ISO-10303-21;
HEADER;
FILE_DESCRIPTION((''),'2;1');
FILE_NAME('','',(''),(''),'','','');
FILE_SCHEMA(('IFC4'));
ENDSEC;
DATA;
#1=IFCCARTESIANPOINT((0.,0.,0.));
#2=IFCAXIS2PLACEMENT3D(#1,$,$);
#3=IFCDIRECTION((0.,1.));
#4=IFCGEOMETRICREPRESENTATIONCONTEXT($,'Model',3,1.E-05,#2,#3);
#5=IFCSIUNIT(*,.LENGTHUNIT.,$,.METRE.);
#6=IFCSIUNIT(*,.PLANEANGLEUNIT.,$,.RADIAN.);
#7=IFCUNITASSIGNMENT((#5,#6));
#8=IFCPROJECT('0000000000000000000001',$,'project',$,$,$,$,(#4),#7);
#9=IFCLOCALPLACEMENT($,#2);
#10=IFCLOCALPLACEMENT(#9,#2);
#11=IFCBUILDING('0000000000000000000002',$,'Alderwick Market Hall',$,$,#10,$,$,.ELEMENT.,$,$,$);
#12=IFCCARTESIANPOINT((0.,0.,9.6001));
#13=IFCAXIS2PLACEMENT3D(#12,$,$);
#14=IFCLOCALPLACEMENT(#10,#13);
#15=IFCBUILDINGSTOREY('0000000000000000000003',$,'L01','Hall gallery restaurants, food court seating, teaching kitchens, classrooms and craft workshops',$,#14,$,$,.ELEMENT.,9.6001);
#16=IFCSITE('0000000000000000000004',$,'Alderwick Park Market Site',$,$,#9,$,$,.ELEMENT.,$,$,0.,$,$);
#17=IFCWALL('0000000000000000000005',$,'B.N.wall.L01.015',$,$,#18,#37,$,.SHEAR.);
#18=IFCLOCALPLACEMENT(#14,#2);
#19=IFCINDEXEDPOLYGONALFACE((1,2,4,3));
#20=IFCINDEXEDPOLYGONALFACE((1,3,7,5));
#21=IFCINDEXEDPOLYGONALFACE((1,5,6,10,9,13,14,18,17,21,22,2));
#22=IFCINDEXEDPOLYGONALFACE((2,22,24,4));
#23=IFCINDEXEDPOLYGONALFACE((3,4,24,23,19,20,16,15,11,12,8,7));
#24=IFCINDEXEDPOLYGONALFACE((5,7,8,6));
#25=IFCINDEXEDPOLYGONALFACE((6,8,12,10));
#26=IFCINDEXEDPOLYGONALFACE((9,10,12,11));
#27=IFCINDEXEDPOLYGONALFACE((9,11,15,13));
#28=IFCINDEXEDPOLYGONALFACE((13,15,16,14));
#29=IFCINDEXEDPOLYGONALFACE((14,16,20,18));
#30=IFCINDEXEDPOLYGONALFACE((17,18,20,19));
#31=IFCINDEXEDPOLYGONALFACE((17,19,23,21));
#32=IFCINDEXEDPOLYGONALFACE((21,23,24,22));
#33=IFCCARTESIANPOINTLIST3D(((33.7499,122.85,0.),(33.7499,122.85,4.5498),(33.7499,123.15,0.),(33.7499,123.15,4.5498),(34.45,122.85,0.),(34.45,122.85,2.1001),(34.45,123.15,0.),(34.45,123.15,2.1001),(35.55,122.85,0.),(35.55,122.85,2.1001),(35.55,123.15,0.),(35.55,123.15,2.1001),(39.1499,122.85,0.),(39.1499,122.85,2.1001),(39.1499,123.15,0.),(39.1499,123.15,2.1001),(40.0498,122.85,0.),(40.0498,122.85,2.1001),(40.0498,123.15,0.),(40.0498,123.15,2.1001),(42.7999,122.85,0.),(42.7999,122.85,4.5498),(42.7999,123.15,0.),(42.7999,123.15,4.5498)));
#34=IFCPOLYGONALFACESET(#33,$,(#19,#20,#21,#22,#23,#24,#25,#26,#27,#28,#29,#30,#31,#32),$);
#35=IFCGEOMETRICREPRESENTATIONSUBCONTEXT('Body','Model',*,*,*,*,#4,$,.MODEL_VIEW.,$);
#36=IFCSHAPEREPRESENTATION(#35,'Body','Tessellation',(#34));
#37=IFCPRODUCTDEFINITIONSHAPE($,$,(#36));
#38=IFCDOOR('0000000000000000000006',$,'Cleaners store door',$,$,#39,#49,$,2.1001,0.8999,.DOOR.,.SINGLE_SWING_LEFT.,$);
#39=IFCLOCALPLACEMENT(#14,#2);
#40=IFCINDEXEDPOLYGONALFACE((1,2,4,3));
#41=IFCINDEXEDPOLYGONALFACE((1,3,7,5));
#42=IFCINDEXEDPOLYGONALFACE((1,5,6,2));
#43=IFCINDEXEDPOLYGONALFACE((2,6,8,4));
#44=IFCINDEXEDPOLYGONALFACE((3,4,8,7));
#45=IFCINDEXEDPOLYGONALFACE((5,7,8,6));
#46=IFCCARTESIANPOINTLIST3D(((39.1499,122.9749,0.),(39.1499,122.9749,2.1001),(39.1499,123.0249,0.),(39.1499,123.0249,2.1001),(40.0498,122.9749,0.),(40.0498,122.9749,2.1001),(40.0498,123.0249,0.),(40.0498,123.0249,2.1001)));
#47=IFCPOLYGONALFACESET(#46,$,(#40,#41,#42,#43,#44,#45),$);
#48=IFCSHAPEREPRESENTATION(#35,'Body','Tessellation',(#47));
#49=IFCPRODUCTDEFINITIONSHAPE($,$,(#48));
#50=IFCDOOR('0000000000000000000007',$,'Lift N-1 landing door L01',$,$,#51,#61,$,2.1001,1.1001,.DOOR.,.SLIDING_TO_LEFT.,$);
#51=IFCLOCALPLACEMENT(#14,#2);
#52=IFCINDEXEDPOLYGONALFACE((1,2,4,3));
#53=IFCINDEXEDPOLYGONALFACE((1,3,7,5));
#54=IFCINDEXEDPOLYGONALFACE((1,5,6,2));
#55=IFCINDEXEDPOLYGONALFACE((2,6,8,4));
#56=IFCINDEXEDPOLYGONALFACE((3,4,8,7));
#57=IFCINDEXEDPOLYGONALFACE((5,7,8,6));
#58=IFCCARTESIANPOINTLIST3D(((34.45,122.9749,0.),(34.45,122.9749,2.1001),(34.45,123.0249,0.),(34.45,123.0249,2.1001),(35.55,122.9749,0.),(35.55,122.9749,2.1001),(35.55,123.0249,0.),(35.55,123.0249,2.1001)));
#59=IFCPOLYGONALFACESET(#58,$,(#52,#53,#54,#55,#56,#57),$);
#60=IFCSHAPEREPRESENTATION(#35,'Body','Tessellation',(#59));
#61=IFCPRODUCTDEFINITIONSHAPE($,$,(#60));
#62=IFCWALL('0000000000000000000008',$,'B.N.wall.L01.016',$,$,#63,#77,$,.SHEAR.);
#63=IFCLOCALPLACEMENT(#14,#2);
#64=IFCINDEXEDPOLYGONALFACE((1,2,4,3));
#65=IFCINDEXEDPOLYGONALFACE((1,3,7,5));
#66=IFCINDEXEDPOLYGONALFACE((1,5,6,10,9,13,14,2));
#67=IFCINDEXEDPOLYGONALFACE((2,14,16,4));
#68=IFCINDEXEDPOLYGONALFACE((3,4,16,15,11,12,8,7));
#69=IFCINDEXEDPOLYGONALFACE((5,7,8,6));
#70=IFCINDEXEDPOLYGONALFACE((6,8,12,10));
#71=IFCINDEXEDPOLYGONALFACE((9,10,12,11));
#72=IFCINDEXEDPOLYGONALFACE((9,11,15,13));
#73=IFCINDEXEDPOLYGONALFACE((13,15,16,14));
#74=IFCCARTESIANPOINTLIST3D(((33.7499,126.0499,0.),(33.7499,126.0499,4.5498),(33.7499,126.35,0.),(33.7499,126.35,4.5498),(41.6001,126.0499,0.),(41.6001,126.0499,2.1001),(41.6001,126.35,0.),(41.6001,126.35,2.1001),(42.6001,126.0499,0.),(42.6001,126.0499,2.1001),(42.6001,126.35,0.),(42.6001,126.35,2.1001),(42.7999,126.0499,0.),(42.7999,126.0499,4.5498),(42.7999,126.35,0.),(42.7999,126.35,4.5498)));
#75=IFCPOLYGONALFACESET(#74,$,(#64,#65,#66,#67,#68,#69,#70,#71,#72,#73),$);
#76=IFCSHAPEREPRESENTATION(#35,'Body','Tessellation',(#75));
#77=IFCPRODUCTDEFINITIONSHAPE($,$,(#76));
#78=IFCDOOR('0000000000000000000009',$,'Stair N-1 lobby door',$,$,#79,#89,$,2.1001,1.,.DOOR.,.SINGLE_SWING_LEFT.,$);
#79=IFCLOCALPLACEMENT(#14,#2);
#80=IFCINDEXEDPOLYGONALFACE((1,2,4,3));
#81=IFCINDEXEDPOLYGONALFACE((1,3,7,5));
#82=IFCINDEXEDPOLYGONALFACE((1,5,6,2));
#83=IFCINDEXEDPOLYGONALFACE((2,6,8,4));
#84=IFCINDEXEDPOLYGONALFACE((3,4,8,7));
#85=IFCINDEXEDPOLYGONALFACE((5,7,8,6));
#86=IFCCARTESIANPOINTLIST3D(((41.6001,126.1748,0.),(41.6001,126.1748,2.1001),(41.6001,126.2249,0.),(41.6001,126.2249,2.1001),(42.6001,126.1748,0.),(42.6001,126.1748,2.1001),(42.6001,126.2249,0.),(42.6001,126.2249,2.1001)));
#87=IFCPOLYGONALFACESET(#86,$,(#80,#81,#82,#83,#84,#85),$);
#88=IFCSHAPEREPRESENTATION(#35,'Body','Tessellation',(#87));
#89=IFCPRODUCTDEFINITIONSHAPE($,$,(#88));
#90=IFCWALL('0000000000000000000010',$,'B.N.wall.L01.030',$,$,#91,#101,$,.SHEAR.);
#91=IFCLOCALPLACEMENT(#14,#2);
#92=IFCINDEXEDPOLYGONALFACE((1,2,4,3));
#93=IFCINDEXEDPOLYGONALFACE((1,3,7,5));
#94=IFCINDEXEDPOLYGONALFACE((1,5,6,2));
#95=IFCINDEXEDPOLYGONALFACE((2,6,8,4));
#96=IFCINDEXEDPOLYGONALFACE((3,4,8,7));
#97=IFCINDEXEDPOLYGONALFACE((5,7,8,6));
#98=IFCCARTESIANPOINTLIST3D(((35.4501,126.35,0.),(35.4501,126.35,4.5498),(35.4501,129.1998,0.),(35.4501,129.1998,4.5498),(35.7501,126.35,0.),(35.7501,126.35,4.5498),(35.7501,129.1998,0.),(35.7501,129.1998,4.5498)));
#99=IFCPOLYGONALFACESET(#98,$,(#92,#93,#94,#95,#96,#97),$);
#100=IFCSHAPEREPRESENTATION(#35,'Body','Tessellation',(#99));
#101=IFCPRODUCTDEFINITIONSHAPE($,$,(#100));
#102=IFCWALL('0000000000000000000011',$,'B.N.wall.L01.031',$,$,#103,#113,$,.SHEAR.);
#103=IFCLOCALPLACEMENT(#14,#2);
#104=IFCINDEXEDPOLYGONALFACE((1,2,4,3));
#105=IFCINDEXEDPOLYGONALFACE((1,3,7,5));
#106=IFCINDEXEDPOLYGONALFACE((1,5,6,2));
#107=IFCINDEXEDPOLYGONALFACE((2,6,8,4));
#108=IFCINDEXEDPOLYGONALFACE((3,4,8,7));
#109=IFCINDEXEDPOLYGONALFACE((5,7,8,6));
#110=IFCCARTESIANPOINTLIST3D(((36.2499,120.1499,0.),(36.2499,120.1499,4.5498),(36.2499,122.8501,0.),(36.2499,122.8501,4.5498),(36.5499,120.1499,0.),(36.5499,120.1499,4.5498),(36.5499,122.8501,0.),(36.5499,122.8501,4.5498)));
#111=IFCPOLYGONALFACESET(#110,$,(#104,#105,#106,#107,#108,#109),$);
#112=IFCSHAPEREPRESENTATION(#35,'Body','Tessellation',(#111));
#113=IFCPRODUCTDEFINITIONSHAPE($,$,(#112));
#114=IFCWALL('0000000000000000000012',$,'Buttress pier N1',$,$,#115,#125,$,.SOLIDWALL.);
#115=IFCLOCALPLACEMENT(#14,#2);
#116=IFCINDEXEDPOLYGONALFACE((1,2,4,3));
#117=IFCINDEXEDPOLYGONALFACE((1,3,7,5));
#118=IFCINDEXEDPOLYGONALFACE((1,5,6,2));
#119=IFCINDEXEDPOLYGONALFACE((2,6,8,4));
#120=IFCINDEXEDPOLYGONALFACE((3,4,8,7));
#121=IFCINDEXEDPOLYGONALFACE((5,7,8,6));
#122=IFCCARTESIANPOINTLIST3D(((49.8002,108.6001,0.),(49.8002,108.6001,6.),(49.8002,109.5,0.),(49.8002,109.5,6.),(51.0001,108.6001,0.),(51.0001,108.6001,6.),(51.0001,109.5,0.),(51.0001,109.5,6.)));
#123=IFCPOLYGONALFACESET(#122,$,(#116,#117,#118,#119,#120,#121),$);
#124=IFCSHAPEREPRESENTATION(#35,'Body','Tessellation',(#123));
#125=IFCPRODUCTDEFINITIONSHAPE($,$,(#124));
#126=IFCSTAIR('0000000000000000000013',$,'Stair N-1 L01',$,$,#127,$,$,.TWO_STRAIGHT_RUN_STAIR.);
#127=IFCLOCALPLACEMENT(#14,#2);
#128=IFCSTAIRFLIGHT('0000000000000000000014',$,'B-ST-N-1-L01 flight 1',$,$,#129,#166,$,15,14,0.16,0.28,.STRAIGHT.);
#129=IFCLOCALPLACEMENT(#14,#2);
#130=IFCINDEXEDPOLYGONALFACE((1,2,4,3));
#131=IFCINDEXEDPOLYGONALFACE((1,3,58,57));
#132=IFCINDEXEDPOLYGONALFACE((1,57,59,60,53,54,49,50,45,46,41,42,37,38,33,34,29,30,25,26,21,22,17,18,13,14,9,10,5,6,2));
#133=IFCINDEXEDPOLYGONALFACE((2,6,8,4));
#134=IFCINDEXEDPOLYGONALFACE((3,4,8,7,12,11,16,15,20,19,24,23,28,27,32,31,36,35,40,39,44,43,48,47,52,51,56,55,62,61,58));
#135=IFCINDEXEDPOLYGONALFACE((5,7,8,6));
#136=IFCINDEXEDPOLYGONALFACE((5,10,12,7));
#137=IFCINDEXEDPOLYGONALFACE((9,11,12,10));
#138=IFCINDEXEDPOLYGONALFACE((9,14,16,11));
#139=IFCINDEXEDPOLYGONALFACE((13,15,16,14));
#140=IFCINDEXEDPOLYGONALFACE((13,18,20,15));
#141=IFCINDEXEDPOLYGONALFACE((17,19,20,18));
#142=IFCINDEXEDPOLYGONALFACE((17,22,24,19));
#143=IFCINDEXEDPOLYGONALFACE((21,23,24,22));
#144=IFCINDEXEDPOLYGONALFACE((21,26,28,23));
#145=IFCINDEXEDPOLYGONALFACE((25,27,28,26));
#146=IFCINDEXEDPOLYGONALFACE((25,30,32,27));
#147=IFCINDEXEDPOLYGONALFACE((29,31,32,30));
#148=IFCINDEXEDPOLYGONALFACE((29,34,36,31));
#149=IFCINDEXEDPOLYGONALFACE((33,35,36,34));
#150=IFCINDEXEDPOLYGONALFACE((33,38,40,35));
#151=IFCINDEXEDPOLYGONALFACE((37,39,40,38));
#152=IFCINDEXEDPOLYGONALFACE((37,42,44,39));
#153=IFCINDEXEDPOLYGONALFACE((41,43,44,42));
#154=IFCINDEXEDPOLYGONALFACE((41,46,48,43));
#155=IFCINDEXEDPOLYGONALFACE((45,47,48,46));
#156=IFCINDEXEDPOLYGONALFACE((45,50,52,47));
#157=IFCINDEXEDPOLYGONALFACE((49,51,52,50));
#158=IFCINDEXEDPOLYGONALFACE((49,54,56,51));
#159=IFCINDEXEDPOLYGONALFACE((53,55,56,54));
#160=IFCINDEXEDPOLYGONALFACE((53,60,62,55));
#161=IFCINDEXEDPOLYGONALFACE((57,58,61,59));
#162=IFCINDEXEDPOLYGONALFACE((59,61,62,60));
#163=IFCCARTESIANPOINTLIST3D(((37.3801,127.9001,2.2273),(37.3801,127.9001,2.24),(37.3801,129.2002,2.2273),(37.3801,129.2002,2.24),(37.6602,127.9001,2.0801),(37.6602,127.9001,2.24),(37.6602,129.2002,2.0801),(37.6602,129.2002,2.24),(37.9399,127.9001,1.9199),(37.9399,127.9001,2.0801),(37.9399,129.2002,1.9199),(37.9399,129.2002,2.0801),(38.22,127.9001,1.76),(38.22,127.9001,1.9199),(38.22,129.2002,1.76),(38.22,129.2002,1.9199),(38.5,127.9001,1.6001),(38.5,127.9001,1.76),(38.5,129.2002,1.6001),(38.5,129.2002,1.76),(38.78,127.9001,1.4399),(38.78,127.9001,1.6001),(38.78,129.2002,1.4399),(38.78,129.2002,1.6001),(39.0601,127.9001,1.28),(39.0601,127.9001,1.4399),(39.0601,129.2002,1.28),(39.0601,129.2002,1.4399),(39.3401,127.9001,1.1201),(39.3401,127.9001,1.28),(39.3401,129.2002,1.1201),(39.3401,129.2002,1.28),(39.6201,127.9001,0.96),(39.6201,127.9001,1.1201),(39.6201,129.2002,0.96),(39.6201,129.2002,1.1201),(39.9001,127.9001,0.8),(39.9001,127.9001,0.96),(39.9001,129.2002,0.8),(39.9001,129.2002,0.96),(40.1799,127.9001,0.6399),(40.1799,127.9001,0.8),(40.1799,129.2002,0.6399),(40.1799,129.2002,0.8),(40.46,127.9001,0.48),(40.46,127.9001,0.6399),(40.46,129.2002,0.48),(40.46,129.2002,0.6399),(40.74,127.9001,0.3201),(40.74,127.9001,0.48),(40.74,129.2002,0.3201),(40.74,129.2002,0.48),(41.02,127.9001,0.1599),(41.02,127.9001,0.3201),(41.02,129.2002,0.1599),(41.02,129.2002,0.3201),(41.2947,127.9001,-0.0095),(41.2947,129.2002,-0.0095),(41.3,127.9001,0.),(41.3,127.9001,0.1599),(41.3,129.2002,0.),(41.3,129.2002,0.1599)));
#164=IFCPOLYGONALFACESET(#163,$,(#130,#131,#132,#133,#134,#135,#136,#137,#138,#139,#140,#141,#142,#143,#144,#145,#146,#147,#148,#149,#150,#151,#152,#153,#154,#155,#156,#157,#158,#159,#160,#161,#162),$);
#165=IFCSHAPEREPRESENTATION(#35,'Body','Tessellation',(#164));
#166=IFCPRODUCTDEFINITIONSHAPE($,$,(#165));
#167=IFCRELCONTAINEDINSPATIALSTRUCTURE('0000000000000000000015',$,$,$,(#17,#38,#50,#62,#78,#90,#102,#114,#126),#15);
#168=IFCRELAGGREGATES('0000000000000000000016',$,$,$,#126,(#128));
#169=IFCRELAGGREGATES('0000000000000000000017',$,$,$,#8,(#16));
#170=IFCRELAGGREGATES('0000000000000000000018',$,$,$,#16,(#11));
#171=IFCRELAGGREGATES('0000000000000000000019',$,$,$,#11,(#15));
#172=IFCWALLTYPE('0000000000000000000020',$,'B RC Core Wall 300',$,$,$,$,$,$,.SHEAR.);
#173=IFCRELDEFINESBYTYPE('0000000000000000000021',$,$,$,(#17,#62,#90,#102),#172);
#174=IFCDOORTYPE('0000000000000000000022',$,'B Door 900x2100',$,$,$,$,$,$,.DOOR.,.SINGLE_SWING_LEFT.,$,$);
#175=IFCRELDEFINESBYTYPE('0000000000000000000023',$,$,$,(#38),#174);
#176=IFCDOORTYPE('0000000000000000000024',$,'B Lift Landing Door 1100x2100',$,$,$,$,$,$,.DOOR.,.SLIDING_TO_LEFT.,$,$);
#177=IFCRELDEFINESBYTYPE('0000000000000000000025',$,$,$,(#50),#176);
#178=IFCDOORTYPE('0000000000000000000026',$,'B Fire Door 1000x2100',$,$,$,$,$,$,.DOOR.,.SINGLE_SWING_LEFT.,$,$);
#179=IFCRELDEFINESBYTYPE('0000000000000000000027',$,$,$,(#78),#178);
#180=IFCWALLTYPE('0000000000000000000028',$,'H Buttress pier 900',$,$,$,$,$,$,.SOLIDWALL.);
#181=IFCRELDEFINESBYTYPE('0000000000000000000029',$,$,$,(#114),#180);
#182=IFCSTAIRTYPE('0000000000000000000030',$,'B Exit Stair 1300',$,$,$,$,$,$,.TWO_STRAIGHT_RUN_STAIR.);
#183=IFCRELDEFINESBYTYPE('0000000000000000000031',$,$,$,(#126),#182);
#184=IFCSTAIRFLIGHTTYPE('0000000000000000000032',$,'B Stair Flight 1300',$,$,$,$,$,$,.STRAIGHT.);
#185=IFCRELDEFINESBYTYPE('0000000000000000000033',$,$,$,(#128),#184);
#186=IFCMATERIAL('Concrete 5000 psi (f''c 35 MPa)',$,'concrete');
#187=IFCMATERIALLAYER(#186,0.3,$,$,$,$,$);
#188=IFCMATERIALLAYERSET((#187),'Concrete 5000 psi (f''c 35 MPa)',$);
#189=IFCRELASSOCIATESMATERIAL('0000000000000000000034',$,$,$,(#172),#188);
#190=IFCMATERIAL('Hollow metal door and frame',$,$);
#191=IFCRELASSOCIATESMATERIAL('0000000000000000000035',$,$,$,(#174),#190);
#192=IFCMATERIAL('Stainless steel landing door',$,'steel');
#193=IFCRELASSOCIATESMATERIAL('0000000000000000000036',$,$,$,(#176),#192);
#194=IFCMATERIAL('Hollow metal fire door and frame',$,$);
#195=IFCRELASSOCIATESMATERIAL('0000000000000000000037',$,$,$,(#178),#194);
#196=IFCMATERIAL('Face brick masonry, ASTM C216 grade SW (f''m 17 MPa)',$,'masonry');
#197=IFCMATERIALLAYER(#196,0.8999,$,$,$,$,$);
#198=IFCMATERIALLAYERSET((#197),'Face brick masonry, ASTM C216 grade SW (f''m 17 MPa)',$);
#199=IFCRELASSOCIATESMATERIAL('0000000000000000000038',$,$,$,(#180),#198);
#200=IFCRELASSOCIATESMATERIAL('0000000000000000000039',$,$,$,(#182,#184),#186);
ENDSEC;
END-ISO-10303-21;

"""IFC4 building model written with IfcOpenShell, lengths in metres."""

from ifc_helpers import new_model, si_unit, direction, frame, frame_2d, origin, place, context, subcontext, project, spatial, polyline, rectangle, outline, extrude, material, layer, layer_set, type_object, element, fill, aggregate, save


model = new_model("IFC4")

# Units and contexts
model_context = context("Model", 3, precision=1e-05, world=origin(), true_north=direction((0.0, 1.0)))
body_context = subcontext(model_context, "Body", "Model", "MODEL_VIEW")
ifc_project = project(units=[si_unit("LENGTHUNIT", "METRE"), si_unit("PLANEANGLEUNIT", "RADIAN")], contexts=[model_context])

# Site, building, storey
site_placement = place(None, origin())
site = spatial("IfcSite", under=ifc_project, at=site_placement, Name="Alderwick Park Market Site", CompositionType="ELEMENT", RefElevation=0.0)
building_placement = place(site_placement, origin())
building = spatial("IfcBuilding", under=site, at=building_placement, Name="Alderwick Market Hall", CompositionType="ELEMENT")
storey_placement = place(building_placement, frame((0.0, 0.0, 9.6001)))
storey = spatial("IfcBuildingStorey", under=building, at=storey_placement, Name="L01", Description="Hall gallery restaurants, food court seating, teaching kitchens, classrooms and craft workshops", CompositionType="ELEMENT", Elevation=9.6001)

# Shared definitions
ifc_material_1 = material(Name="Concrete 5000 psi (f'c 35 MPa)", Category="concrete")

# Shared definitions
ifc_layer_1 = layer(ifc_material_1, 0.3)
ifc_layer_set_1 = layer_set([ifc_layer_1], Name="Concrete 5000 psi (f'c 35 MPa)")
wall_type_1 = type_object("IfcWallType", Name="B RC Core Wall 300", PredefinedType="SHEAR", material=ifc_layer_set_1)

# Wall, openings, doors
wall_1_placement = place(storey_placement, frame((33.75, 123.0, 0.0), z_axis=(0.0, 0.0, 1.0), x_axis=(1.0, 0.0, 0.0)))
wall_1 = element("IfcWall", 1, at=wall_1_placement, inside=storey, type_object=wall_type_1, Name="B.N.wall.L01.015", PredefinedType="SHEAR", context=body_context, shape_type="SweptSolid", body=[
    extrude(rectangle(XDim=9.05, YDim=0.3, at=frame_2d((4.5249, 0.0))), origin(), (0.0, 0.0, 1.0), 4.5498),
])
opening_1_placement = place(wall_1_placement, frame((0.7, 0.0, 0.0)))
opening_1 = element("IfcOpeningElement", 2, at=opening_1_placement, cuts=wall_1, PredefinedType="OPENING", context=body_context, shape_type="SweptSolid", body=[
    extrude(rectangle(XDim=1.1001, YDim=2.1001, at=frame_2d((0.55, 1.05))), frame((0.0, 0.1599, 0.0), z_axis=(0.0, -1.0, 0.0), x_axis=(1.0, 0.0, 0.0)), (0.0, 0.0, 1.0), 0.3201),
])
opening_2_placement = place(wall_1_placement, frame((5.3999, 0.0, 0.0)))
opening_2 = element("IfcOpeningElement", 3, at=opening_2_placement, cuts=wall_1, PredefinedType="OPENING", context=body_context, shape_type="SweptSolid", body=[
    extrude(rectangle(XDim=0.8999, YDim=2.1001, at=frame_2d((0.45, 1.05))), frame((0.0, 0.1599, 0.0), z_axis=(0.0, -1.0, 0.0), x_axis=(1.0, 0.0, 0.0)), (0.0, 0.0, 1.0), 0.3201),
])
ifc_material_2 = material(Name="Hollow metal door and frame")
door_type_1 = type_object("IfcDoorType", Name="B Door 900x2100", OperationType="SINGLE_SWING_LEFT", PredefinedType="DOOR", material=ifc_material_2)
door_1_placement = place(opening_2_placement, origin())
door_1 = element("IfcDoor", 4, at=door_1_placement, inside=storey, type_object=door_type_1, Name="Cleaners store door", OperationType="SINGLE_SWING_LEFT", OverallHeight=2.1001, OverallWidth=0.8999, PredefinedType="DOOR", context=body_context, shape_type="SweptSolid", body=[
    extrude(rectangle(XDim=0.8999, YDim=2.1001, at=frame_2d((0.45, 1.05))), frame((0.0, 0.0249, 0.0), z_axis=(0.0, -1.0, 0.0), x_axis=(1.0, 0.0, 0.0)), (0.0, 0.0, 1.0), 0.05),
])
fill(opening_2, door_1)
ifc_material_3 = material(Name="Stainless steel landing door", Category="steel")
door_type_2 = type_object("IfcDoorType", Name="B Lift Landing Door 1100x2100", OperationType="SLIDING_TO_LEFT", PredefinedType="DOOR", material=ifc_material_3)
door_2_placement = place(opening_1_placement, origin())
door_2 = element("IfcDoor", 5, at=door_2_placement, inside=storey, type_object=door_type_2, Name="Lift N-1 landing door L01", OperationType="SLIDING_TO_LEFT", OverallHeight=2.1001, OverallWidth=1.1001, PredefinedType="DOOR", context=body_context, shape_type="SweptSolid", body=[
    extrude(rectangle(XDim=1.1001, YDim=2.1001, at=frame_2d((0.55, 1.05))), frame((0.0, 0.0249, 0.0), z_axis=(0.0, -1.0, 0.0), x_axis=(1.0, 0.0, 0.0)), (0.0, 0.0, 1.0), 0.05),
])
fill(opening_1, door_2)

# Wall, opening, door
wall_2_placement = place(storey_placement, frame((33.75, 126.2, 0.0), z_axis=(0.0, 0.0, 1.0), x_axis=(1.0, 0.0, 0.0)))
wall_2 = element("IfcWall", 6, at=wall_2_placement, inside=storey, type_object=wall_type_1, Name="B.N.wall.L01.016", PredefinedType="SHEAR", context=body_context, shape_type="SweptSolid", body=[
    extrude(rectangle(XDim=9.05, YDim=0.3, at=frame_2d((4.5249, 0.0))), origin(), (0.0, 0.0, 1.0), 4.5498),
])
opening_3_placement = place(wall_2_placement, frame((7.8501, 0.0, 0.0)))
opening_3 = element("IfcOpeningElement", 7, at=opening_3_placement, cuts=wall_2, PredefinedType="OPENING", context=body_context, shape_type="SweptSolid", body=[
    extrude(rectangle(XDim=1.0, YDim=2.1001, at=frame_2d((0.5, 1.05))), frame((0.0, 0.1599, 0.0), z_axis=(0.0, -1.0, 0.0), x_axis=(1.0, 0.0, 0.0)), (0.0, 0.0, 1.0), 0.3201),
])
ifc_material_4 = material(Name="Hollow metal fire door and frame")
door_type_3 = type_object("IfcDoorType", Name="B Fire Door 1000x2100", OperationType="SINGLE_SWING_LEFT", PredefinedType="DOOR", material=ifc_material_4)
door_3_placement = place(opening_3_placement, origin())
door_3 = element("IfcDoor", 8, at=door_3_placement, inside=storey, type_object=door_type_3, Name="Stair N-1 lobby door", OperationType="SINGLE_SWING_LEFT", OverallHeight=2.1001, OverallWidth=1.0, PredefinedType="DOOR", context=body_context, shape_type="SweptSolid", body=[
    extrude(rectangle(XDim=1.0, YDim=2.1001, at=frame_2d((0.5, 1.05))), frame((0.0, 0.0249, 0.0), z_axis=(0.0, -1.0, 0.0), x_axis=(1.0, 0.0, 0.0)), (0.0, 0.0, 1.0), 0.05),
])
fill(opening_3, door_3)

# Walls
wall_3_placement = place(storey_placement, frame((35.6001, 126.3501, 0.0), z_axis=(0.0, 0.0, 1.0), x_axis=(0.0, 1.0, 0.0)))
element("IfcWall", 9, at=wall_3_placement, inside=storey, type_object=wall_type_1, Name="B.N.wall.L01.030", PredefinedType="SHEAR", context=body_context, shape_type="SweptSolid", body=[
    extrude(rectangle(XDim=2.8499, YDim=0.3, at=frame_2d((1.4248, 0.0))), origin(), (0.0, 0.0, 1.0), 4.5498),
])
wall_4_placement = place(storey_placement, frame((36.3999, 120.1499, 0.0), z_axis=(0.0, 0.0, 1.0), x_axis=(0.0, 1.0, 0.0)))
element("IfcWall", 10, at=wall_4_placement, inside=storey, type_object=wall_type_1, Name="B.N.wall.L01.031", PredefinedType="SHEAR", context=body_context, shape_type="SweptSolid", body=[
    extrude(rectangle(XDim=2.7002, YDim=0.3, at=frame_2d((1.3501, 0.0))), origin(), (0.0, 0.0, 1.0), 4.5498),
])
ifc_material_5 = material(Name="Face brick masonry, ASTM C216 grade SW (f'm 17 MPa)", Category="masonry")
ifc_layer_2 = layer(ifc_material_5, 0.8999)
ifc_layer_set_2 = layer_set([ifc_layer_2], Name="Face brick masonry, ASTM C216 grade SW (f'm 17 MPa)")
wall_type_2 = type_object("IfcWallType", Name="H Buttress pier 900", PredefinedType="SOLIDWALL", material=ifc_layer_set_2)
wall_5_placement = place(storey_placement, frame((49.8, 109.05, 0.0), z_axis=(0.0, 0.0, 1.0), x_axis=(1.0, 0.0, 0.0)))
element("IfcWall", 11, at=wall_5_placement, inside=storey, type_object=wall_type_2, Name="Buttress pier N1", PredefinedType="SOLIDWALL", context=body_context, shape_type="SweptSolid", body=[
    extrude(rectangle(XDim=1.2, YDim=0.8999, at=frame_2d((0.6001, 0.0))), origin(), (0.0, 0.0, 1.0), 6.0),
])

# Stair, stair flight
stair_type = type_object("IfcStairType", Name="B Exit Stair 1300", PredefinedType="TWO_STRAIGHT_RUN_STAIR", material=ifc_material_1)
stair_placement = place(storey_placement, origin())
stair = element("IfcStair", 12, at=stair_placement, inside=storey, type_object=stair_type, Name="Stair N-1 L01", PredefinedType="TWO_STRAIGHT_RUN_STAIR")
stair_flight_type = type_object("IfcStairFlightType", Name="B Stair Flight 1300", PredefinedType="STRAIGHT", material=ifc_material_1)
stair_flight_1_placement = place(storey_placement, frame((41.3, 128.55, 0.0), z_axis=(0.0, 0.0, 1.0), x_axis=(-1.0, 0.0, 0.0)))
stair_flight_1 = element("IfcStairFlight", 13, at=stair_flight_1_placement, type_object=stair_flight_type, Name="B-ST-N-1-L01 flight 1", NumberOfRisers=15, NumberOfTreads=14, PredefinedType="STRAIGHT", RiserHeight=0.16, TreadLength=0.28, context=body_context, shape_type="SweptSolid", body=[
    extrude(outline(polyline([(0.0054, -0.0095), (0.0, 0.0), (0.0, 0.1599), (0.28, 0.1599), (0.28, 0.3201), (0.5601, 0.3201), (0.5601, 0.48), (0.8401, 0.48), (0.8401, 0.6399), (1.1201, 0.6399), (1.1201, 0.8), (1.3999, 0.8), (1.3999, 0.96), (1.6799, 0.96), (1.6799, 1.1201), (1.96, 1.1201), (1.96, 1.28), (2.24, 1.28), (2.24, 1.4399), (2.52, 1.4399), (2.52, 1.6001), (2.8, 1.6001), (2.8, 1.76), (3.0801, 1.76), (3.0801, 1.9199), (3.3601, 1.9199), (3.3601, 2.0801), (3.6399, 2.0801), (3.6399, 2.24), (3.9199, 2.24), (3.9199, 2.2273), (0.0054, -0.0095)])), frame((0.0, 0.6499, 0.0), z_axis=(0.0, -1.0, 0.0), x_axis=(1.0, 0.0, 0.0)), (0.0, 0.0, 1.0), 1.3),
])
aggregate(stair, [stair_flight_1])

save(model, "model.ifc")
